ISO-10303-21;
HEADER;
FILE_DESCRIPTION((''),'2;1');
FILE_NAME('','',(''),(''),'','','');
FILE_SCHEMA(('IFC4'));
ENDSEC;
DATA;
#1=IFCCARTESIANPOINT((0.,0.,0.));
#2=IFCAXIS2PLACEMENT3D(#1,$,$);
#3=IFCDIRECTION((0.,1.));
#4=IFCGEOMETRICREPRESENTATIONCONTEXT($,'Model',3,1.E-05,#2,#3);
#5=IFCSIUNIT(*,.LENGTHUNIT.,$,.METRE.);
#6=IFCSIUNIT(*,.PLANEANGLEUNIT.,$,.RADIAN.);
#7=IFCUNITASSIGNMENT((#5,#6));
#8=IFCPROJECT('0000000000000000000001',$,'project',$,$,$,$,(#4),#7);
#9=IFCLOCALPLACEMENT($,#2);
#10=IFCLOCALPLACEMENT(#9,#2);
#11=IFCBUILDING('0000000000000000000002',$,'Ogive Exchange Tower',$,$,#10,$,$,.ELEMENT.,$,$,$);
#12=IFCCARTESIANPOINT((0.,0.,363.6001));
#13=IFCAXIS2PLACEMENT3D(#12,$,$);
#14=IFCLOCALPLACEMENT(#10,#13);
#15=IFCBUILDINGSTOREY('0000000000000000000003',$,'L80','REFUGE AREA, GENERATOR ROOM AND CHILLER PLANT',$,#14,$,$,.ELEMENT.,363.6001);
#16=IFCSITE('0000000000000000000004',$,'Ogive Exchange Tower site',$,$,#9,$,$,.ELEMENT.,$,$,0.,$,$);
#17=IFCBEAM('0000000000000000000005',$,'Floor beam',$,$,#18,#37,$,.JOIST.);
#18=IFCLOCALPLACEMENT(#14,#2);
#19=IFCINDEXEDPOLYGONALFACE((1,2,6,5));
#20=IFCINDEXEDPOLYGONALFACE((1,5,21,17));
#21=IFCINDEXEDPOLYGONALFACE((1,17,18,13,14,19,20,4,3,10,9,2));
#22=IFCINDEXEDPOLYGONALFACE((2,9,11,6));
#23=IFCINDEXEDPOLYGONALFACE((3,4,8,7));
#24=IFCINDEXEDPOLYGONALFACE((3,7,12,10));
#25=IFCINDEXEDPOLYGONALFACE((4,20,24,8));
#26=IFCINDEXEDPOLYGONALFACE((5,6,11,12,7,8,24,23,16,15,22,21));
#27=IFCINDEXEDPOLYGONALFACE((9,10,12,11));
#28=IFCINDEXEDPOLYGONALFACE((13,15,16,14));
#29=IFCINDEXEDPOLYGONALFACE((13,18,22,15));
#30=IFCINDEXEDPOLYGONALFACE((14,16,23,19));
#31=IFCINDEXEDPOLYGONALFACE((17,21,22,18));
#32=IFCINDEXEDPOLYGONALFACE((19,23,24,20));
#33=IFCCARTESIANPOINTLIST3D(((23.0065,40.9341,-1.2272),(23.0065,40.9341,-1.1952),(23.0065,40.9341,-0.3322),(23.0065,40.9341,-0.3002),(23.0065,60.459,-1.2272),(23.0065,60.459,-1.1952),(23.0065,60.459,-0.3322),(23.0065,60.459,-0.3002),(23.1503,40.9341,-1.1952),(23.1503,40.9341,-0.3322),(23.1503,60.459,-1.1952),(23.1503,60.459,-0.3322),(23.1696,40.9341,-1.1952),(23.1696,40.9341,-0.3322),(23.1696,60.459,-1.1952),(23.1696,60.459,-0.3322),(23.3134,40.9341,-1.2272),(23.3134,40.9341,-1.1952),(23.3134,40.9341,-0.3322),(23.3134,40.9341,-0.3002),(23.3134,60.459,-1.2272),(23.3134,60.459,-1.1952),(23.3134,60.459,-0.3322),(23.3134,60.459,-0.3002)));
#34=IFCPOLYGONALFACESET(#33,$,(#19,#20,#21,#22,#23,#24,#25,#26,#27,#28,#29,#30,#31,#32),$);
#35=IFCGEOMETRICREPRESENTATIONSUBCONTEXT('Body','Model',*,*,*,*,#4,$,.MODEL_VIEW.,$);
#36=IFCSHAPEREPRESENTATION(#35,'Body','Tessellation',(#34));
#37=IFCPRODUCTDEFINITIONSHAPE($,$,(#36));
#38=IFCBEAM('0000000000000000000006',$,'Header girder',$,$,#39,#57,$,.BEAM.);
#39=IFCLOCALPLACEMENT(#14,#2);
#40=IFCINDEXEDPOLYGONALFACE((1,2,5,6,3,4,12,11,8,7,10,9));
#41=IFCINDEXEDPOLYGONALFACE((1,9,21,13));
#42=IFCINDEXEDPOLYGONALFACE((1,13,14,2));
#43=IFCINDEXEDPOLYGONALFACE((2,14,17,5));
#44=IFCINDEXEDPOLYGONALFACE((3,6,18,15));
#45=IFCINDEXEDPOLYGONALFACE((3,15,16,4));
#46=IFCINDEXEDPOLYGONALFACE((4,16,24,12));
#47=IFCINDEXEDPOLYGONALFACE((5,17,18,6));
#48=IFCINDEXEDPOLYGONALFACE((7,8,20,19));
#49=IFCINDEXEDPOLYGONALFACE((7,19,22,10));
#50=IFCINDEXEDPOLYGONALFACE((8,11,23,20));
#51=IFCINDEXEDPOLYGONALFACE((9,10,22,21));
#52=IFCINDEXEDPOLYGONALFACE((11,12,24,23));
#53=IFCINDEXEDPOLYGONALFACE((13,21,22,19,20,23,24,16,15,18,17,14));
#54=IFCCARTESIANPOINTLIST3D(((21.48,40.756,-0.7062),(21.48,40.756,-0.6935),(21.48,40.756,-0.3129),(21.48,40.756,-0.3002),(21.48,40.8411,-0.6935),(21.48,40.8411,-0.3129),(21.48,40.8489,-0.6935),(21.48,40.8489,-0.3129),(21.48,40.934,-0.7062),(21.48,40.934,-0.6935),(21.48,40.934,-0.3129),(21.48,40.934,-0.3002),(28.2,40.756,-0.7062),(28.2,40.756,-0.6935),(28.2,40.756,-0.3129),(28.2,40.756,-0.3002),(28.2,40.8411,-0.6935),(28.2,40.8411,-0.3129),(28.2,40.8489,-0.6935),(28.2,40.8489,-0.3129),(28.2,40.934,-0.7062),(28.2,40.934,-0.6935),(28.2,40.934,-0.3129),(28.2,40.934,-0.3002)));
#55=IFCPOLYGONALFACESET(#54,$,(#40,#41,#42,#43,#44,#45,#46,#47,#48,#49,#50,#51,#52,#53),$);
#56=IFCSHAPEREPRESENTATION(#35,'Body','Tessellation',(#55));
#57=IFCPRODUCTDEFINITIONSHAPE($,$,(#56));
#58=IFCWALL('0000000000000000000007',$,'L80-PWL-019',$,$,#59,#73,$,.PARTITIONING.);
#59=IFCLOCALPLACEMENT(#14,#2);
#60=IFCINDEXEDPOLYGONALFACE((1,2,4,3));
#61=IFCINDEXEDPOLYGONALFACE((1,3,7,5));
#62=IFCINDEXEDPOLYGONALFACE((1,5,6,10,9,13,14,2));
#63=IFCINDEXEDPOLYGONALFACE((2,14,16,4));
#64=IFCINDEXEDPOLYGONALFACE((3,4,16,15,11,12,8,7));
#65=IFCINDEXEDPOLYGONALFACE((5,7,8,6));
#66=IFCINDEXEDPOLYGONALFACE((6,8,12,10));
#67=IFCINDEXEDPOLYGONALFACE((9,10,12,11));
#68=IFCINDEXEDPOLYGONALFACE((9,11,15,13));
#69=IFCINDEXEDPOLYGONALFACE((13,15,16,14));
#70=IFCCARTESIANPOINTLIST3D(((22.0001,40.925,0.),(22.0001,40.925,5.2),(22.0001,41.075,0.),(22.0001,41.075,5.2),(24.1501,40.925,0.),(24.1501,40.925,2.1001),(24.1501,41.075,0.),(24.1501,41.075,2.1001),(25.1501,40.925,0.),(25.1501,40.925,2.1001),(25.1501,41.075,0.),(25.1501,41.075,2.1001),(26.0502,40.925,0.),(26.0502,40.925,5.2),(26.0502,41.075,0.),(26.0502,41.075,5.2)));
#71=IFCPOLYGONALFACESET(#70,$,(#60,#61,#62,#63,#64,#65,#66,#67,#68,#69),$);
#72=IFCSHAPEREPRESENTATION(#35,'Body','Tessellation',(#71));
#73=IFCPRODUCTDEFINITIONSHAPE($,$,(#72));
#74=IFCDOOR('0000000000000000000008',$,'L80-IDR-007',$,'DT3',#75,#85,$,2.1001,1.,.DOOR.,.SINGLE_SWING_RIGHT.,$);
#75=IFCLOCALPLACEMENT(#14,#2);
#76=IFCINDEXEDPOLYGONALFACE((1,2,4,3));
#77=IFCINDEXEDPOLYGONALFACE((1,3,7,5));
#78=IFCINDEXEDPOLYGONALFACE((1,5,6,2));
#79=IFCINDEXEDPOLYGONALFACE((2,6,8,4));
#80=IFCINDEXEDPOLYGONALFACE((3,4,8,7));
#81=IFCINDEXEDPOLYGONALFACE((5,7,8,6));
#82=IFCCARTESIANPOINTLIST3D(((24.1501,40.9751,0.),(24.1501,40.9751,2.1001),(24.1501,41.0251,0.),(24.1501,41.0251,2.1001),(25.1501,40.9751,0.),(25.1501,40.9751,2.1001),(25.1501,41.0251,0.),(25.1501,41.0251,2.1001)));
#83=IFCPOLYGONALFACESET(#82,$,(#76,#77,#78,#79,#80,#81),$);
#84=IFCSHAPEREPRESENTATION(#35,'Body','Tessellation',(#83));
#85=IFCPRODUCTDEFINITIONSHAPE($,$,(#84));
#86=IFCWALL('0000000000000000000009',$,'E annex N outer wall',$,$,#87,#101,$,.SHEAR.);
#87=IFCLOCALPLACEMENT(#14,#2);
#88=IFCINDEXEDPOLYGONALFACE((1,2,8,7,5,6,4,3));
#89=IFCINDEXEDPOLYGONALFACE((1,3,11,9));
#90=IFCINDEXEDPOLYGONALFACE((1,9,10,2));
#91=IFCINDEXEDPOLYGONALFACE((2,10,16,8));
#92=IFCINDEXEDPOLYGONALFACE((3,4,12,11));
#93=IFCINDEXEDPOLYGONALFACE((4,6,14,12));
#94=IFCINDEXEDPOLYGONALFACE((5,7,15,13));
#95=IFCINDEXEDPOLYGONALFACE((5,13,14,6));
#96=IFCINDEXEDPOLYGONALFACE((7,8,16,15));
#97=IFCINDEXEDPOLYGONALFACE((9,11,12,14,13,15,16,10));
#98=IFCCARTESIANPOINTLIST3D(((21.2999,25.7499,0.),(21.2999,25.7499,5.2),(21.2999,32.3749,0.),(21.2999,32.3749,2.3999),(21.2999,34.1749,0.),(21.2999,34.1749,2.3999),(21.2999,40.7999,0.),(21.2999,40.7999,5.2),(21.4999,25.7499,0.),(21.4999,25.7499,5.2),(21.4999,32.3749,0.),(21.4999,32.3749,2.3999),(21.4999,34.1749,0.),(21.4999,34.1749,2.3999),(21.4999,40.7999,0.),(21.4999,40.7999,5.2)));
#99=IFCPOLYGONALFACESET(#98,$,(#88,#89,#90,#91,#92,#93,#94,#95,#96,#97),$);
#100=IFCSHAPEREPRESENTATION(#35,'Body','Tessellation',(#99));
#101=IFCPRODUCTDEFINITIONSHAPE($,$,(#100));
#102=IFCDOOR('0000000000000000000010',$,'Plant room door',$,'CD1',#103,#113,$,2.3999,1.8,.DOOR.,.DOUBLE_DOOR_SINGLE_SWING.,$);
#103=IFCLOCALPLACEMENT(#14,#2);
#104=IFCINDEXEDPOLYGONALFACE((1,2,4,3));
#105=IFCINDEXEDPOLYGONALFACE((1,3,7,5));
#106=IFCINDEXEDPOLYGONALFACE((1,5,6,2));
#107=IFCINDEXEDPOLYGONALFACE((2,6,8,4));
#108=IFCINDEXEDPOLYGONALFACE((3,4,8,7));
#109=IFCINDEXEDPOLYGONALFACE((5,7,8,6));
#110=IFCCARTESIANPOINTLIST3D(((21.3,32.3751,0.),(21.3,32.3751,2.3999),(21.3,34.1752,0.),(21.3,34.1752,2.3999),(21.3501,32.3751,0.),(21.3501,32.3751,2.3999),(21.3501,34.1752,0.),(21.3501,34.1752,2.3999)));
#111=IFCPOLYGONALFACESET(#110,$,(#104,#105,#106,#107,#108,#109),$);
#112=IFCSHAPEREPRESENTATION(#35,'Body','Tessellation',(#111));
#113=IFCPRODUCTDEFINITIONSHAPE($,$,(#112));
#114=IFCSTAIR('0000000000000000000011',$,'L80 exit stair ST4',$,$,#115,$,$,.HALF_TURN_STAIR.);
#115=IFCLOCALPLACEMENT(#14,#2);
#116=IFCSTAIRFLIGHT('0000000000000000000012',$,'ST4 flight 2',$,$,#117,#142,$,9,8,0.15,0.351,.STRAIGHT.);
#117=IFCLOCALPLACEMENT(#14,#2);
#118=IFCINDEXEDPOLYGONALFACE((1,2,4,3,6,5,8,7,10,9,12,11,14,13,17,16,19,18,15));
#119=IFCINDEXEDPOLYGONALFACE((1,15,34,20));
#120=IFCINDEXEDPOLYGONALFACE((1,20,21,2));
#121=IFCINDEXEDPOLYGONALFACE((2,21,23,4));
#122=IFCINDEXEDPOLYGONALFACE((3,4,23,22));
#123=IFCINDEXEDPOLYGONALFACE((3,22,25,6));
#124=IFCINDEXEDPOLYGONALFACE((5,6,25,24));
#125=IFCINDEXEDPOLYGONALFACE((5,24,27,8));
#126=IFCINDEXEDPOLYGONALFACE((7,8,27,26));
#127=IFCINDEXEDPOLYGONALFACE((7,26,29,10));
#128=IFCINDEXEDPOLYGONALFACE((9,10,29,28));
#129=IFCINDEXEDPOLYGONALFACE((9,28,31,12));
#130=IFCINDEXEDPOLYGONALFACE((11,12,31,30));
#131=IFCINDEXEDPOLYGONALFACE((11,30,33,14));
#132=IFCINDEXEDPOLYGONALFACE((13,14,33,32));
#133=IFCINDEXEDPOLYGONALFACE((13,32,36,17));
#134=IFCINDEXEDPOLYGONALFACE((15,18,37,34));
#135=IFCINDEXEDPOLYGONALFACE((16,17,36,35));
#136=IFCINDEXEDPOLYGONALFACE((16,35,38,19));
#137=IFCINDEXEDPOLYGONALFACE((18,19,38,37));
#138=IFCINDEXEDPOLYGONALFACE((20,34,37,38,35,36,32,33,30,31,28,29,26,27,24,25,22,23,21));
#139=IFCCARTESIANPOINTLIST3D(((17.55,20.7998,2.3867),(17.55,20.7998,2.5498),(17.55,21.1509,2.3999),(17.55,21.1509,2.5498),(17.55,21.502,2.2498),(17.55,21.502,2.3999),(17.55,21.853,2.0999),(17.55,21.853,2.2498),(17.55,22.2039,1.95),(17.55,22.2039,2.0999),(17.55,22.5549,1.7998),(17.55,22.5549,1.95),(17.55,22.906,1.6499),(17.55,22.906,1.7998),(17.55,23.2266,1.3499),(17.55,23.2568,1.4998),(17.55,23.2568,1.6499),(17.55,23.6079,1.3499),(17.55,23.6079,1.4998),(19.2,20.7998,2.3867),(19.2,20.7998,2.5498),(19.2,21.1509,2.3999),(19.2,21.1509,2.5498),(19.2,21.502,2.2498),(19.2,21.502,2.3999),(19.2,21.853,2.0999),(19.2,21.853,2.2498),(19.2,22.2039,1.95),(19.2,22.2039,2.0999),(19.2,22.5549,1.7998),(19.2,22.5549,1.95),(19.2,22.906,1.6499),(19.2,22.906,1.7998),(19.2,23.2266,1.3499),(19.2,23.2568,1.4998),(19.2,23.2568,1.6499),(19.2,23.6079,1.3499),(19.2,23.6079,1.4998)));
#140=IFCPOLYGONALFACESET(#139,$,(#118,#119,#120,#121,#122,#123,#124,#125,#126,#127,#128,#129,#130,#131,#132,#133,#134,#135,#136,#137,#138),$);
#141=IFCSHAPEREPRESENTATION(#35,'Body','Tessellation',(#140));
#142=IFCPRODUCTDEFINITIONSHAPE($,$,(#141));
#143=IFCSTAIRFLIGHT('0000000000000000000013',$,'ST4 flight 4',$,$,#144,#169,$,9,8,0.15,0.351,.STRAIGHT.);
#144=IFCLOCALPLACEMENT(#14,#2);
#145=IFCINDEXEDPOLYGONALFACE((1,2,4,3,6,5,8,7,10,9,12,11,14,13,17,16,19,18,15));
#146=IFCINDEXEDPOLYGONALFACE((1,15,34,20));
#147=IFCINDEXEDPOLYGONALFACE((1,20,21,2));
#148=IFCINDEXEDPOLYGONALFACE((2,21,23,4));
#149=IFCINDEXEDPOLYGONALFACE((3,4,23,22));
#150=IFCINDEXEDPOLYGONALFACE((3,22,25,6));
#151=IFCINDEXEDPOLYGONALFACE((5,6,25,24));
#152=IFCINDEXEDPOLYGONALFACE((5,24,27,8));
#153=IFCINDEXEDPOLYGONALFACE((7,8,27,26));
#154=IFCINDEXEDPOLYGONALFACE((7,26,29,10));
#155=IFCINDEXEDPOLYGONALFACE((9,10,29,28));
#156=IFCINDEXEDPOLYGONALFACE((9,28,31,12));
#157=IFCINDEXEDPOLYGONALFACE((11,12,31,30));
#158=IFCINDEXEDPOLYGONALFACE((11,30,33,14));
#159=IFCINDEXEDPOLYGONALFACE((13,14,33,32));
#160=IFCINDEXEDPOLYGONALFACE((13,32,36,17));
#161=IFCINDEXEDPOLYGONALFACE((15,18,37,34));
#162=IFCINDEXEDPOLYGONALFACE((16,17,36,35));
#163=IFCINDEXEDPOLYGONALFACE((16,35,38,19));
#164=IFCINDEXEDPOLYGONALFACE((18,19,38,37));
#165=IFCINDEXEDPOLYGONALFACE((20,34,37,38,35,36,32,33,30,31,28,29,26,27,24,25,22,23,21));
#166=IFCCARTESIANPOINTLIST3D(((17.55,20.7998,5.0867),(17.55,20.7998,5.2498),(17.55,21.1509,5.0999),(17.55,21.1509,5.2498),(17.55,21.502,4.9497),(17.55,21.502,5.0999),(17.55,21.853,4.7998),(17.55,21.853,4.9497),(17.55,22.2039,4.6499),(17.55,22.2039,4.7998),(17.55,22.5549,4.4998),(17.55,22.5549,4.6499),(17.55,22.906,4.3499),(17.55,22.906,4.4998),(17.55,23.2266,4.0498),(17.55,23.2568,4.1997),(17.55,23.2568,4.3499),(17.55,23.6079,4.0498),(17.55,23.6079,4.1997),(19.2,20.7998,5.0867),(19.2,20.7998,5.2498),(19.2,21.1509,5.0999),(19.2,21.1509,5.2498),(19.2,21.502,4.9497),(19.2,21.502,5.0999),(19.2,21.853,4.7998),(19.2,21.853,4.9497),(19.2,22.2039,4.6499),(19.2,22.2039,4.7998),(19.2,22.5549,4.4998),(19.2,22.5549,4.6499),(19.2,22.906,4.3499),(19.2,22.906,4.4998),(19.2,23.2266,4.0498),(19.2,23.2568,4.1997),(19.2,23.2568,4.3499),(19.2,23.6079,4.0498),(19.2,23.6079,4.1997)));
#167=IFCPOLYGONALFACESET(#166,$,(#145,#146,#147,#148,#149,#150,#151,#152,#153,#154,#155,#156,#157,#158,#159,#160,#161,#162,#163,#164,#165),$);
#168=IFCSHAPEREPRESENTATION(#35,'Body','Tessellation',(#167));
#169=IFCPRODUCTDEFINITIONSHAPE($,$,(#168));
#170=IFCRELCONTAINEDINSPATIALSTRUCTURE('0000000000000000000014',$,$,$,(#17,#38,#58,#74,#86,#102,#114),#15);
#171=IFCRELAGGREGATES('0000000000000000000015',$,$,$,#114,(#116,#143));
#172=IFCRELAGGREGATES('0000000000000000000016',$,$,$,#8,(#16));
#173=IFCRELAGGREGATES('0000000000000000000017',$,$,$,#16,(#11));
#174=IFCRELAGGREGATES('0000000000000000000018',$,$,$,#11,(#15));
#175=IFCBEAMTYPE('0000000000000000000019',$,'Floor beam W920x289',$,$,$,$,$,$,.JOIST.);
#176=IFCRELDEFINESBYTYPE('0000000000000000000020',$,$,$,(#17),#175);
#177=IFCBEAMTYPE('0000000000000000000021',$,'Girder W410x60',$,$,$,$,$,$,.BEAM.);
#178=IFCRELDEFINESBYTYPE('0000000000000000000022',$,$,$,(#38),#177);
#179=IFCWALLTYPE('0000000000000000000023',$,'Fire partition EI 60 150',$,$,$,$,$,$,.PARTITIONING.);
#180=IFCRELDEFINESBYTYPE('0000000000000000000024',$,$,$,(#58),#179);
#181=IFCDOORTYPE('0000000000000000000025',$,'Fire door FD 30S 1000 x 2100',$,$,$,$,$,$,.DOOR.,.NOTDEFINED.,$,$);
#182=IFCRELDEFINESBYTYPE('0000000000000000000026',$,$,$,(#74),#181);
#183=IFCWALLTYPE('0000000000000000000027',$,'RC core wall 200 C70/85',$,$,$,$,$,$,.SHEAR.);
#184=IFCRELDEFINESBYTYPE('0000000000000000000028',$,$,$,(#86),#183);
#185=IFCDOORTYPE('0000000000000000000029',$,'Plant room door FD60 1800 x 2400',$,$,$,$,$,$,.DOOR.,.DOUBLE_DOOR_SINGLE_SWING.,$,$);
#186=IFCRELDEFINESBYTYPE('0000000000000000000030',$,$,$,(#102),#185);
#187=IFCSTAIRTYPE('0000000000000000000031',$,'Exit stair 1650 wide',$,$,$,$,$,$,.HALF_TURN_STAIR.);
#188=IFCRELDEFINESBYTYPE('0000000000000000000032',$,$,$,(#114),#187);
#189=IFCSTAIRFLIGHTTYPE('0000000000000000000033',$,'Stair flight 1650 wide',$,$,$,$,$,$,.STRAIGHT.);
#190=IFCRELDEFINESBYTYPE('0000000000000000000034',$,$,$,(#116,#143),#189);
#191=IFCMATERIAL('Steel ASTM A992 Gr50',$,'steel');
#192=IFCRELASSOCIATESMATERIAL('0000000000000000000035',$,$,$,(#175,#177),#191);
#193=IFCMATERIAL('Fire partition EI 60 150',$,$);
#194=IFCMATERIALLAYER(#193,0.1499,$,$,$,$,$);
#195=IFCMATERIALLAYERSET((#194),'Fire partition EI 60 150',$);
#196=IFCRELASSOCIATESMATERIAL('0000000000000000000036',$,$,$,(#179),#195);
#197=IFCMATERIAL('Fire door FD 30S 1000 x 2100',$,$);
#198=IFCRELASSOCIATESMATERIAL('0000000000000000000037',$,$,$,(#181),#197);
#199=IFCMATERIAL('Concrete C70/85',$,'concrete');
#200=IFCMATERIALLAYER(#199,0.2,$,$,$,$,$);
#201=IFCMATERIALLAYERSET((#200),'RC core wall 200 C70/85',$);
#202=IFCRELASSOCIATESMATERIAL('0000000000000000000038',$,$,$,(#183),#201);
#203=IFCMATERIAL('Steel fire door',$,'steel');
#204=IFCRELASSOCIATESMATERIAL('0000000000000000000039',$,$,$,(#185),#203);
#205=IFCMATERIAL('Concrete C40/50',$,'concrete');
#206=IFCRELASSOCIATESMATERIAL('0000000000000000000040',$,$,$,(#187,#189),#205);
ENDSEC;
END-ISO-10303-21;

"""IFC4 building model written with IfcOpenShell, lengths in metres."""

from ifc_helpers import new_model, si_unit, direction, frame, frame_2d, origin, origin_2d, place, context, subcontext, project, spatial, polyline, rectangle, i_section, outline, extrude, material, layer, layer_set, material_profile, profile_set, type_object, element, fill, aggregate, save


model = new_model("IFC4")

# Units and contexts
model_context = context("Model", 3, precision=1e-05, world=origin(), true_north=direction((0.0, 1.0)))
body_context = subcontext(model_context, "Body", "Model", "MODEL_VIEW")
ifc_project = project(units=[si_unit("LENGTHUNIT", "METRE"), si_unit("PLANEANGLEUNIT", "RADIAN")], contexts=[model_context])

# Site, building, storey
site_placement = place(None, origin())
site = spatial("IfcSite", under=ifc_project, at=site_placement, Name="Ogive Exchange Tower site", CompositionType="ELEMENT", RefElevation=0.0)
building_placement = place(site_placement, origin())
building = spatial("IfcBuilding", under=site, at=building_placement, Name="Ogive Exchange Tower", CompositionType="ELEMENT")
storey_placement = place(building_placement, frame((0.0, 0.0, 363.6001)))
storey = spatial("IfcBuildingStorey", under=building, at=storey_placement, Name="L80", Description="REFUGE AREA, GENERATOR ROOM AND CHILLER PLANT", CompositionType="ELEMENT", Elevation=363.6001)

# Shared definitions
ifc_material_1 = material(Name="Steel ASTM A992 Gr50", Category="steel")

# Beams
ifc_material_profile_1 = material_profile(ifc_material_1, i_section(OverallWidth=0.3069, OverallDepth=0.927, WebThickness=0.0193, FlangeThickness=0.032, at=origin_2d()), Name="W920x289")
ifc_profile_set_1 = profile_set([ifc_material_profile_1], Name="Steel ASTM A992 Gr50")
beam_type_1 = type_object("IfcBeamType", Name="Floor beam W920x289", PredefinedType="JOIST", material=ifc_profile_set_1)
beam_1_placement = place(storey_placement, frame((23.1599, 40.9341, -0.7637), z_axis=(0.0, 1.0, 0.0), x_axis=(-1.0, 0.0, 0.0)))
element("IfcBeam", 1, at=beam_1_placement, inside=storey, type_object=beam_type_1, Name="Floor beam", PredefinedType="JOIST", context=body_context, shape_type="SweptSolid", body=[
    extrude(i_section(OverallWidth=0.3069, OverallDepth=0.927, WebThickness=0.0193, FlangeThickness=0.032, at=origin_2d()), origin(), (0.0, 0.0, 1.0), 19.5249),
])
ifc_material_profile_2 = material_profile(ifc_material_1, i_section(OverallWidth=0.178, OverallDepth=0.406, WebThickness=0.0078, FlangeThickness=0.0127, at=origin_2d()), Name="W410x60")
ifc_profile_set_2 = profile_set([ifc_material_profile_2], Name="Steel ASTM A992 Gr50")
beam_type_2 = type_object("IfcBeamType", Name="Girder W410x60", PredefinedType="BEAM", material=ifc_profile_set_2)
beam_2_placement = place(storey_placement, frame((21.48, 40.845, -0.5032), z_axis=(1.0, 0.0, 0.0), x_axis=(0.0, 1.0, 0.0)))
element("IfcBeam", 2, at=beam_2_placement, inside=storey, type_object=beam_type_2, Name="Header girder", PredefinedType="BEAM", context=body_context, shape_type="SweptSolid", body=[
    extrude(i_section(OverallWidth=0.178, OverallDepth=0.406, WebThickness=0.0078, FlangeThickness=0.0127, at=origin_2d()), origin(), (0.0, 0.0, 1.0), 6.72),
])

# Walls, openings, doors
ifc_material_2 = material(Name="Fire partition EI 60 150")
ifc_layer_1 = layer(ifc_material_2, 0.1499)
ifc_layer_set_1 = layer_set([ifc_layer_1], Name="Fire partition EI 60 150")
wall_type_1 = type_object("IfcWallType", Name="Fire partition EI 60 150", PredefinedType="PARTITIONING", material=ifc_layer_set_1)
wall_1_placement = place(storey_placement, frame((26.05, 41.0, 0.0), z_axis=(0.0, 0.0, 1.0), x_axis=(-1.0, 0.0, 0.0)))
wall_1 = element("IfcWall", 3, at=wall_1_placement, inside=storey, type_object=wall_type_1, Name="L80-PWL-019", PredefinedType="PARTITIONING", context=body_context, shape_type="SweptSolid", body=[
    extrude(rectangle(XDim=4.05, YDim=0.1499, at=frame_2d((2.0249, 0.0))), origin(), (0.0, 0.0, 1.0), 5.2),
])
opening_1_placement = place(wall_1_placement, frame((0.8999, 0.0, 0.0)))
opening_1 = element("IfcOpeningElement", 4, at=opening_1_placement, cuts=wall_1, PredefinedType="OPENING", context=body_context, shape_type="SweptSolid", body=[
    extrude(rectangle(XDim=1.0, YDim=2.1001, at=frame_2d((0.5, 1.05))), frame((0.0, 0.085, 0.0), z_axis=(0.0, -1.0, 0.0), x_axis=(1.0, 0.0, 0.0)), (0.0, 0.0, 1.0), 0.1699),
])
ifc_material_3 = material(Name="Fire door FD 30S 1000 x 2100")
door_type_1 = type_object("IfcDoorType", Name="Fire door FD 30S 1000 x 2100", OperationType="NOTDEFINED", PredefinedType="DOOR", material=ifc_material_3)
door_1_placement = place(opening_1_placement, origin())
door_1 = element("IfcDoor", 5, at=door_1_placement, inside=storey, type_object=door_type_1, Name="L80-IDR-007", ObjectType="DT3", OperationType="SINGLE_SWING_RIGHT", OverallHeight=2.1001, OverallWidth=1.0, PredefinedType="DOOR", context=body_context, shape_type="SweptSolid", body=[
    extrude(rectangle(XDim=1.0, YDim=2.1001, at=frame_2d((0.5, 1.05))), frame((0.0, 0.0249, 0.0), z_axis=(0.0, -1.0, 0.0), x_axis=(1.0, 0.0, 0.0)), (0.0, 0.0, 1.0), 0.05),
])
fill(opening_1, door_1)
ifc_material_4 = material(Name="Concrete C70/85", Category="concrete")
ifc_layer_2 = layer(ifc_material_4, 0.2)
ifc_layer_set_2 = layer_set([ifc_layer_2], Name="RC core wall 200 C70/85")
wall_type_2 = type_object("IfcWallType", Name="RC core wall 200 C70/85", PredefinedType="SHEAR", material=ifc_layer_set_2)
wall_2_placement = place(storey_placement, frame((21.3999, 25.75, 0.0), z_axis=(0.0, 0.0, 1.0), x_axis=(0.0, 1.0, 0.0)))
wall_2 = element("IfcWall", 6, at=wall_2_placement, inside=storey, type_object=wall_type_2, Name="E annex N outer wall", PredefinedType="SHEAR", context=body_context, shape_type="SweptSolid", body=[
    extrude(rectangle(XDim=15.05, YDim=0.2, at=frame_2d((7.5249, 0.0))), origin(), (0.0, 0.0, 1.0), 5.2),
])
opening_2_placement = place(wall_2_placement, frame((6.625, 0.0, 0.0)))
opening_2 = element("IfcOpeningElement", 7, at=opening_2_placement, cuts=wall_2, PredefinedType="OPENING", context=body_context, shape_type="SweptSolid", body=[
    extrude(rectangle(XDim=1.8, YDim=2.3999, at=frame_2d((0.8999, 1.2))), frame((0.0, 0.1099, 0.0), z_axis=(0.0, -1.0, 0.0), x_axis=(1.0, 0.0, 0.0)), (0.0, 0.0, 1.0), 0.22),
])
ifc_material_5 = material(Name="Steel fire door", Category="steel")
door_type_2 = type_object("IfcDoorType", Name="Plant room door FD60 1800 x 2400", OperationType="DOUBLE_DOOR_SINGLE_SWING", PredefinedType="DOOR", material=ifc_material_5)
door_2_placement = place(opening_2_placement, frame((1.8, 0.1499, 0.0), z_axis=(0.0, 0.0, 1.0), x_axis=(-1.0, 0.0, 0.0)))
door_2 = element("IfcDoor", 8, at=door_2_placement, inside=storey, type_object=door_type_2, Name="Plant room door", ObjectType="CD1", OperationType="DOUBLE_DOOR_SINGLE_SWING", OverallHeight=2.3999, OverallWidth=1.8, PredefinedType="DOOR", context=body_context, shape_type="SweptSolid", body=[
    extrude(rectangle(XDim=1.8, YDim=2.3999, at=frame_2d((0.8999, 1.2))), frame((0.0, 0.1001, 0.0), z_axis=(0.0, -1.0, 0.0), x_axis=(1.0, 0.0, 0.0)), (0.0, 0.0, 1.0), 0.05),
])
fill(opening_2, door_2)

# Stair, stair flights
ifc_material_6 = material(Name="Concrete C40/50", Category="concrete")
stair_type = type_object("IfcStairType", Name="Exit stair 1650 wide", PredefinedType="HALF_TURN_STAIR", material=ifc_material_6)
stair_placement = place(storey_placement, origin())
stair = element("IfcStair", 9, at=stair_placement, inside=storey, type_object=stair_type, Name="L80 exit stair ST4", PredefinedType="HALF_TURN_STAIR")
stair_flight_type = type_object("IfcStairFlightType", Name="Stair flight 1650 wide", PredefinedType="STRAIGHT", material=ifc_material_6)
stair_flight_1_placement = place(storey_placement, frame((18.375, 23.6079, 1.3499), z_axis=(0.0, 0.0, 1.0), x_axis=(0.0, -1.0, 0.0)))
stair_flight_1 = element("IfcStairFlight", 10, at=stair_flight_1_placement, type_object=stair_flight_type, Name="ST4 flight 2", NumberOfRisers=9, NumberOfTreads=8, PredefinedType="STRAIGHT", RiserHeight=0.15, TreadLength=0.351, context=body_context, shape_type="SweptSolid", body=[
    extrude(outline(polyline([(0.0, 0.0), (0.0, 0.1499), (0.3511, 0.1499), (0.3511, 0.3), (0.7019, 0.3), (0.7019, 0.45), (1.053, 0.45), (1.053, 0.6001), (1.4041, 0.6001), (1.4041, 0.75), (1.7549, 0.75), (1.7549, 0.8999), (2.106, 0.8999), (2.106, 1.05), (2.457, 1.05), (2.457, 1.2), (2.8081, 1.2), (2.8081, 1.3501), (2.8081, 1.0369), (0.3813, 0.0), (0.0, 0.0)])), frame((0.0, 0.825, 0.0), z_axis=(0.0, -1.0, 0.0), x_axis=(1.0, 0.0, 0.0)), (0.0, 0.0, 1.0), 1.6499),
])
stair_flight_2_placement = place(storey_placement, frame((18.375, 23.6079, 4.0498), z_axis=(0.0, 0.0, 1.0), x_axis=(0.0, -1.0, 0.0)))
stair_flight_2 = element("IfcStairFlight", 11, at=stair_flight_2_placement, type_object=stair_flight_type, Name="ST4 flight 4", NumberOfRisers=9, NumberOfTreads=8, PredefinedType="STRAIGHT", RiserHeight=0.15, TreadLength=0.351, context=body_context, shape_type="SweptSolid", body=[
    extrude(outline(polyline([(0.0, 0.0), (0.0, 0.1499), (0.3511, 0.1499), (0.3511, 0.3), (0.7019, 0.3), (0.7019, 0.45), (1.053, 0.45), (1.053, 0.6001), (1.4041, 0.6001), (1.4041, 0.75), (1.7549, 0.75), (1.7549, 0.8999), (2.106, 0.8999), (2.106, 1.05), (2.457, 1.05), (2.457, 1.2), (2.8081, 1.2), (2.8081, 1.3501), (2.8081, 1.0369), (0.3813, 0.0), (0.0, 0.0)])), frame((0.0, 0.825, 0.0), z_axis=(0.0, -1.0, 0.0), x_axis=(1.0, 0.0, 0.0)), (0.0, 0.0, 1.0), 1.6499),
])
aggregate(stair, [stair_flight_1, stair_flight_2])

save(model, "model.ifc")
